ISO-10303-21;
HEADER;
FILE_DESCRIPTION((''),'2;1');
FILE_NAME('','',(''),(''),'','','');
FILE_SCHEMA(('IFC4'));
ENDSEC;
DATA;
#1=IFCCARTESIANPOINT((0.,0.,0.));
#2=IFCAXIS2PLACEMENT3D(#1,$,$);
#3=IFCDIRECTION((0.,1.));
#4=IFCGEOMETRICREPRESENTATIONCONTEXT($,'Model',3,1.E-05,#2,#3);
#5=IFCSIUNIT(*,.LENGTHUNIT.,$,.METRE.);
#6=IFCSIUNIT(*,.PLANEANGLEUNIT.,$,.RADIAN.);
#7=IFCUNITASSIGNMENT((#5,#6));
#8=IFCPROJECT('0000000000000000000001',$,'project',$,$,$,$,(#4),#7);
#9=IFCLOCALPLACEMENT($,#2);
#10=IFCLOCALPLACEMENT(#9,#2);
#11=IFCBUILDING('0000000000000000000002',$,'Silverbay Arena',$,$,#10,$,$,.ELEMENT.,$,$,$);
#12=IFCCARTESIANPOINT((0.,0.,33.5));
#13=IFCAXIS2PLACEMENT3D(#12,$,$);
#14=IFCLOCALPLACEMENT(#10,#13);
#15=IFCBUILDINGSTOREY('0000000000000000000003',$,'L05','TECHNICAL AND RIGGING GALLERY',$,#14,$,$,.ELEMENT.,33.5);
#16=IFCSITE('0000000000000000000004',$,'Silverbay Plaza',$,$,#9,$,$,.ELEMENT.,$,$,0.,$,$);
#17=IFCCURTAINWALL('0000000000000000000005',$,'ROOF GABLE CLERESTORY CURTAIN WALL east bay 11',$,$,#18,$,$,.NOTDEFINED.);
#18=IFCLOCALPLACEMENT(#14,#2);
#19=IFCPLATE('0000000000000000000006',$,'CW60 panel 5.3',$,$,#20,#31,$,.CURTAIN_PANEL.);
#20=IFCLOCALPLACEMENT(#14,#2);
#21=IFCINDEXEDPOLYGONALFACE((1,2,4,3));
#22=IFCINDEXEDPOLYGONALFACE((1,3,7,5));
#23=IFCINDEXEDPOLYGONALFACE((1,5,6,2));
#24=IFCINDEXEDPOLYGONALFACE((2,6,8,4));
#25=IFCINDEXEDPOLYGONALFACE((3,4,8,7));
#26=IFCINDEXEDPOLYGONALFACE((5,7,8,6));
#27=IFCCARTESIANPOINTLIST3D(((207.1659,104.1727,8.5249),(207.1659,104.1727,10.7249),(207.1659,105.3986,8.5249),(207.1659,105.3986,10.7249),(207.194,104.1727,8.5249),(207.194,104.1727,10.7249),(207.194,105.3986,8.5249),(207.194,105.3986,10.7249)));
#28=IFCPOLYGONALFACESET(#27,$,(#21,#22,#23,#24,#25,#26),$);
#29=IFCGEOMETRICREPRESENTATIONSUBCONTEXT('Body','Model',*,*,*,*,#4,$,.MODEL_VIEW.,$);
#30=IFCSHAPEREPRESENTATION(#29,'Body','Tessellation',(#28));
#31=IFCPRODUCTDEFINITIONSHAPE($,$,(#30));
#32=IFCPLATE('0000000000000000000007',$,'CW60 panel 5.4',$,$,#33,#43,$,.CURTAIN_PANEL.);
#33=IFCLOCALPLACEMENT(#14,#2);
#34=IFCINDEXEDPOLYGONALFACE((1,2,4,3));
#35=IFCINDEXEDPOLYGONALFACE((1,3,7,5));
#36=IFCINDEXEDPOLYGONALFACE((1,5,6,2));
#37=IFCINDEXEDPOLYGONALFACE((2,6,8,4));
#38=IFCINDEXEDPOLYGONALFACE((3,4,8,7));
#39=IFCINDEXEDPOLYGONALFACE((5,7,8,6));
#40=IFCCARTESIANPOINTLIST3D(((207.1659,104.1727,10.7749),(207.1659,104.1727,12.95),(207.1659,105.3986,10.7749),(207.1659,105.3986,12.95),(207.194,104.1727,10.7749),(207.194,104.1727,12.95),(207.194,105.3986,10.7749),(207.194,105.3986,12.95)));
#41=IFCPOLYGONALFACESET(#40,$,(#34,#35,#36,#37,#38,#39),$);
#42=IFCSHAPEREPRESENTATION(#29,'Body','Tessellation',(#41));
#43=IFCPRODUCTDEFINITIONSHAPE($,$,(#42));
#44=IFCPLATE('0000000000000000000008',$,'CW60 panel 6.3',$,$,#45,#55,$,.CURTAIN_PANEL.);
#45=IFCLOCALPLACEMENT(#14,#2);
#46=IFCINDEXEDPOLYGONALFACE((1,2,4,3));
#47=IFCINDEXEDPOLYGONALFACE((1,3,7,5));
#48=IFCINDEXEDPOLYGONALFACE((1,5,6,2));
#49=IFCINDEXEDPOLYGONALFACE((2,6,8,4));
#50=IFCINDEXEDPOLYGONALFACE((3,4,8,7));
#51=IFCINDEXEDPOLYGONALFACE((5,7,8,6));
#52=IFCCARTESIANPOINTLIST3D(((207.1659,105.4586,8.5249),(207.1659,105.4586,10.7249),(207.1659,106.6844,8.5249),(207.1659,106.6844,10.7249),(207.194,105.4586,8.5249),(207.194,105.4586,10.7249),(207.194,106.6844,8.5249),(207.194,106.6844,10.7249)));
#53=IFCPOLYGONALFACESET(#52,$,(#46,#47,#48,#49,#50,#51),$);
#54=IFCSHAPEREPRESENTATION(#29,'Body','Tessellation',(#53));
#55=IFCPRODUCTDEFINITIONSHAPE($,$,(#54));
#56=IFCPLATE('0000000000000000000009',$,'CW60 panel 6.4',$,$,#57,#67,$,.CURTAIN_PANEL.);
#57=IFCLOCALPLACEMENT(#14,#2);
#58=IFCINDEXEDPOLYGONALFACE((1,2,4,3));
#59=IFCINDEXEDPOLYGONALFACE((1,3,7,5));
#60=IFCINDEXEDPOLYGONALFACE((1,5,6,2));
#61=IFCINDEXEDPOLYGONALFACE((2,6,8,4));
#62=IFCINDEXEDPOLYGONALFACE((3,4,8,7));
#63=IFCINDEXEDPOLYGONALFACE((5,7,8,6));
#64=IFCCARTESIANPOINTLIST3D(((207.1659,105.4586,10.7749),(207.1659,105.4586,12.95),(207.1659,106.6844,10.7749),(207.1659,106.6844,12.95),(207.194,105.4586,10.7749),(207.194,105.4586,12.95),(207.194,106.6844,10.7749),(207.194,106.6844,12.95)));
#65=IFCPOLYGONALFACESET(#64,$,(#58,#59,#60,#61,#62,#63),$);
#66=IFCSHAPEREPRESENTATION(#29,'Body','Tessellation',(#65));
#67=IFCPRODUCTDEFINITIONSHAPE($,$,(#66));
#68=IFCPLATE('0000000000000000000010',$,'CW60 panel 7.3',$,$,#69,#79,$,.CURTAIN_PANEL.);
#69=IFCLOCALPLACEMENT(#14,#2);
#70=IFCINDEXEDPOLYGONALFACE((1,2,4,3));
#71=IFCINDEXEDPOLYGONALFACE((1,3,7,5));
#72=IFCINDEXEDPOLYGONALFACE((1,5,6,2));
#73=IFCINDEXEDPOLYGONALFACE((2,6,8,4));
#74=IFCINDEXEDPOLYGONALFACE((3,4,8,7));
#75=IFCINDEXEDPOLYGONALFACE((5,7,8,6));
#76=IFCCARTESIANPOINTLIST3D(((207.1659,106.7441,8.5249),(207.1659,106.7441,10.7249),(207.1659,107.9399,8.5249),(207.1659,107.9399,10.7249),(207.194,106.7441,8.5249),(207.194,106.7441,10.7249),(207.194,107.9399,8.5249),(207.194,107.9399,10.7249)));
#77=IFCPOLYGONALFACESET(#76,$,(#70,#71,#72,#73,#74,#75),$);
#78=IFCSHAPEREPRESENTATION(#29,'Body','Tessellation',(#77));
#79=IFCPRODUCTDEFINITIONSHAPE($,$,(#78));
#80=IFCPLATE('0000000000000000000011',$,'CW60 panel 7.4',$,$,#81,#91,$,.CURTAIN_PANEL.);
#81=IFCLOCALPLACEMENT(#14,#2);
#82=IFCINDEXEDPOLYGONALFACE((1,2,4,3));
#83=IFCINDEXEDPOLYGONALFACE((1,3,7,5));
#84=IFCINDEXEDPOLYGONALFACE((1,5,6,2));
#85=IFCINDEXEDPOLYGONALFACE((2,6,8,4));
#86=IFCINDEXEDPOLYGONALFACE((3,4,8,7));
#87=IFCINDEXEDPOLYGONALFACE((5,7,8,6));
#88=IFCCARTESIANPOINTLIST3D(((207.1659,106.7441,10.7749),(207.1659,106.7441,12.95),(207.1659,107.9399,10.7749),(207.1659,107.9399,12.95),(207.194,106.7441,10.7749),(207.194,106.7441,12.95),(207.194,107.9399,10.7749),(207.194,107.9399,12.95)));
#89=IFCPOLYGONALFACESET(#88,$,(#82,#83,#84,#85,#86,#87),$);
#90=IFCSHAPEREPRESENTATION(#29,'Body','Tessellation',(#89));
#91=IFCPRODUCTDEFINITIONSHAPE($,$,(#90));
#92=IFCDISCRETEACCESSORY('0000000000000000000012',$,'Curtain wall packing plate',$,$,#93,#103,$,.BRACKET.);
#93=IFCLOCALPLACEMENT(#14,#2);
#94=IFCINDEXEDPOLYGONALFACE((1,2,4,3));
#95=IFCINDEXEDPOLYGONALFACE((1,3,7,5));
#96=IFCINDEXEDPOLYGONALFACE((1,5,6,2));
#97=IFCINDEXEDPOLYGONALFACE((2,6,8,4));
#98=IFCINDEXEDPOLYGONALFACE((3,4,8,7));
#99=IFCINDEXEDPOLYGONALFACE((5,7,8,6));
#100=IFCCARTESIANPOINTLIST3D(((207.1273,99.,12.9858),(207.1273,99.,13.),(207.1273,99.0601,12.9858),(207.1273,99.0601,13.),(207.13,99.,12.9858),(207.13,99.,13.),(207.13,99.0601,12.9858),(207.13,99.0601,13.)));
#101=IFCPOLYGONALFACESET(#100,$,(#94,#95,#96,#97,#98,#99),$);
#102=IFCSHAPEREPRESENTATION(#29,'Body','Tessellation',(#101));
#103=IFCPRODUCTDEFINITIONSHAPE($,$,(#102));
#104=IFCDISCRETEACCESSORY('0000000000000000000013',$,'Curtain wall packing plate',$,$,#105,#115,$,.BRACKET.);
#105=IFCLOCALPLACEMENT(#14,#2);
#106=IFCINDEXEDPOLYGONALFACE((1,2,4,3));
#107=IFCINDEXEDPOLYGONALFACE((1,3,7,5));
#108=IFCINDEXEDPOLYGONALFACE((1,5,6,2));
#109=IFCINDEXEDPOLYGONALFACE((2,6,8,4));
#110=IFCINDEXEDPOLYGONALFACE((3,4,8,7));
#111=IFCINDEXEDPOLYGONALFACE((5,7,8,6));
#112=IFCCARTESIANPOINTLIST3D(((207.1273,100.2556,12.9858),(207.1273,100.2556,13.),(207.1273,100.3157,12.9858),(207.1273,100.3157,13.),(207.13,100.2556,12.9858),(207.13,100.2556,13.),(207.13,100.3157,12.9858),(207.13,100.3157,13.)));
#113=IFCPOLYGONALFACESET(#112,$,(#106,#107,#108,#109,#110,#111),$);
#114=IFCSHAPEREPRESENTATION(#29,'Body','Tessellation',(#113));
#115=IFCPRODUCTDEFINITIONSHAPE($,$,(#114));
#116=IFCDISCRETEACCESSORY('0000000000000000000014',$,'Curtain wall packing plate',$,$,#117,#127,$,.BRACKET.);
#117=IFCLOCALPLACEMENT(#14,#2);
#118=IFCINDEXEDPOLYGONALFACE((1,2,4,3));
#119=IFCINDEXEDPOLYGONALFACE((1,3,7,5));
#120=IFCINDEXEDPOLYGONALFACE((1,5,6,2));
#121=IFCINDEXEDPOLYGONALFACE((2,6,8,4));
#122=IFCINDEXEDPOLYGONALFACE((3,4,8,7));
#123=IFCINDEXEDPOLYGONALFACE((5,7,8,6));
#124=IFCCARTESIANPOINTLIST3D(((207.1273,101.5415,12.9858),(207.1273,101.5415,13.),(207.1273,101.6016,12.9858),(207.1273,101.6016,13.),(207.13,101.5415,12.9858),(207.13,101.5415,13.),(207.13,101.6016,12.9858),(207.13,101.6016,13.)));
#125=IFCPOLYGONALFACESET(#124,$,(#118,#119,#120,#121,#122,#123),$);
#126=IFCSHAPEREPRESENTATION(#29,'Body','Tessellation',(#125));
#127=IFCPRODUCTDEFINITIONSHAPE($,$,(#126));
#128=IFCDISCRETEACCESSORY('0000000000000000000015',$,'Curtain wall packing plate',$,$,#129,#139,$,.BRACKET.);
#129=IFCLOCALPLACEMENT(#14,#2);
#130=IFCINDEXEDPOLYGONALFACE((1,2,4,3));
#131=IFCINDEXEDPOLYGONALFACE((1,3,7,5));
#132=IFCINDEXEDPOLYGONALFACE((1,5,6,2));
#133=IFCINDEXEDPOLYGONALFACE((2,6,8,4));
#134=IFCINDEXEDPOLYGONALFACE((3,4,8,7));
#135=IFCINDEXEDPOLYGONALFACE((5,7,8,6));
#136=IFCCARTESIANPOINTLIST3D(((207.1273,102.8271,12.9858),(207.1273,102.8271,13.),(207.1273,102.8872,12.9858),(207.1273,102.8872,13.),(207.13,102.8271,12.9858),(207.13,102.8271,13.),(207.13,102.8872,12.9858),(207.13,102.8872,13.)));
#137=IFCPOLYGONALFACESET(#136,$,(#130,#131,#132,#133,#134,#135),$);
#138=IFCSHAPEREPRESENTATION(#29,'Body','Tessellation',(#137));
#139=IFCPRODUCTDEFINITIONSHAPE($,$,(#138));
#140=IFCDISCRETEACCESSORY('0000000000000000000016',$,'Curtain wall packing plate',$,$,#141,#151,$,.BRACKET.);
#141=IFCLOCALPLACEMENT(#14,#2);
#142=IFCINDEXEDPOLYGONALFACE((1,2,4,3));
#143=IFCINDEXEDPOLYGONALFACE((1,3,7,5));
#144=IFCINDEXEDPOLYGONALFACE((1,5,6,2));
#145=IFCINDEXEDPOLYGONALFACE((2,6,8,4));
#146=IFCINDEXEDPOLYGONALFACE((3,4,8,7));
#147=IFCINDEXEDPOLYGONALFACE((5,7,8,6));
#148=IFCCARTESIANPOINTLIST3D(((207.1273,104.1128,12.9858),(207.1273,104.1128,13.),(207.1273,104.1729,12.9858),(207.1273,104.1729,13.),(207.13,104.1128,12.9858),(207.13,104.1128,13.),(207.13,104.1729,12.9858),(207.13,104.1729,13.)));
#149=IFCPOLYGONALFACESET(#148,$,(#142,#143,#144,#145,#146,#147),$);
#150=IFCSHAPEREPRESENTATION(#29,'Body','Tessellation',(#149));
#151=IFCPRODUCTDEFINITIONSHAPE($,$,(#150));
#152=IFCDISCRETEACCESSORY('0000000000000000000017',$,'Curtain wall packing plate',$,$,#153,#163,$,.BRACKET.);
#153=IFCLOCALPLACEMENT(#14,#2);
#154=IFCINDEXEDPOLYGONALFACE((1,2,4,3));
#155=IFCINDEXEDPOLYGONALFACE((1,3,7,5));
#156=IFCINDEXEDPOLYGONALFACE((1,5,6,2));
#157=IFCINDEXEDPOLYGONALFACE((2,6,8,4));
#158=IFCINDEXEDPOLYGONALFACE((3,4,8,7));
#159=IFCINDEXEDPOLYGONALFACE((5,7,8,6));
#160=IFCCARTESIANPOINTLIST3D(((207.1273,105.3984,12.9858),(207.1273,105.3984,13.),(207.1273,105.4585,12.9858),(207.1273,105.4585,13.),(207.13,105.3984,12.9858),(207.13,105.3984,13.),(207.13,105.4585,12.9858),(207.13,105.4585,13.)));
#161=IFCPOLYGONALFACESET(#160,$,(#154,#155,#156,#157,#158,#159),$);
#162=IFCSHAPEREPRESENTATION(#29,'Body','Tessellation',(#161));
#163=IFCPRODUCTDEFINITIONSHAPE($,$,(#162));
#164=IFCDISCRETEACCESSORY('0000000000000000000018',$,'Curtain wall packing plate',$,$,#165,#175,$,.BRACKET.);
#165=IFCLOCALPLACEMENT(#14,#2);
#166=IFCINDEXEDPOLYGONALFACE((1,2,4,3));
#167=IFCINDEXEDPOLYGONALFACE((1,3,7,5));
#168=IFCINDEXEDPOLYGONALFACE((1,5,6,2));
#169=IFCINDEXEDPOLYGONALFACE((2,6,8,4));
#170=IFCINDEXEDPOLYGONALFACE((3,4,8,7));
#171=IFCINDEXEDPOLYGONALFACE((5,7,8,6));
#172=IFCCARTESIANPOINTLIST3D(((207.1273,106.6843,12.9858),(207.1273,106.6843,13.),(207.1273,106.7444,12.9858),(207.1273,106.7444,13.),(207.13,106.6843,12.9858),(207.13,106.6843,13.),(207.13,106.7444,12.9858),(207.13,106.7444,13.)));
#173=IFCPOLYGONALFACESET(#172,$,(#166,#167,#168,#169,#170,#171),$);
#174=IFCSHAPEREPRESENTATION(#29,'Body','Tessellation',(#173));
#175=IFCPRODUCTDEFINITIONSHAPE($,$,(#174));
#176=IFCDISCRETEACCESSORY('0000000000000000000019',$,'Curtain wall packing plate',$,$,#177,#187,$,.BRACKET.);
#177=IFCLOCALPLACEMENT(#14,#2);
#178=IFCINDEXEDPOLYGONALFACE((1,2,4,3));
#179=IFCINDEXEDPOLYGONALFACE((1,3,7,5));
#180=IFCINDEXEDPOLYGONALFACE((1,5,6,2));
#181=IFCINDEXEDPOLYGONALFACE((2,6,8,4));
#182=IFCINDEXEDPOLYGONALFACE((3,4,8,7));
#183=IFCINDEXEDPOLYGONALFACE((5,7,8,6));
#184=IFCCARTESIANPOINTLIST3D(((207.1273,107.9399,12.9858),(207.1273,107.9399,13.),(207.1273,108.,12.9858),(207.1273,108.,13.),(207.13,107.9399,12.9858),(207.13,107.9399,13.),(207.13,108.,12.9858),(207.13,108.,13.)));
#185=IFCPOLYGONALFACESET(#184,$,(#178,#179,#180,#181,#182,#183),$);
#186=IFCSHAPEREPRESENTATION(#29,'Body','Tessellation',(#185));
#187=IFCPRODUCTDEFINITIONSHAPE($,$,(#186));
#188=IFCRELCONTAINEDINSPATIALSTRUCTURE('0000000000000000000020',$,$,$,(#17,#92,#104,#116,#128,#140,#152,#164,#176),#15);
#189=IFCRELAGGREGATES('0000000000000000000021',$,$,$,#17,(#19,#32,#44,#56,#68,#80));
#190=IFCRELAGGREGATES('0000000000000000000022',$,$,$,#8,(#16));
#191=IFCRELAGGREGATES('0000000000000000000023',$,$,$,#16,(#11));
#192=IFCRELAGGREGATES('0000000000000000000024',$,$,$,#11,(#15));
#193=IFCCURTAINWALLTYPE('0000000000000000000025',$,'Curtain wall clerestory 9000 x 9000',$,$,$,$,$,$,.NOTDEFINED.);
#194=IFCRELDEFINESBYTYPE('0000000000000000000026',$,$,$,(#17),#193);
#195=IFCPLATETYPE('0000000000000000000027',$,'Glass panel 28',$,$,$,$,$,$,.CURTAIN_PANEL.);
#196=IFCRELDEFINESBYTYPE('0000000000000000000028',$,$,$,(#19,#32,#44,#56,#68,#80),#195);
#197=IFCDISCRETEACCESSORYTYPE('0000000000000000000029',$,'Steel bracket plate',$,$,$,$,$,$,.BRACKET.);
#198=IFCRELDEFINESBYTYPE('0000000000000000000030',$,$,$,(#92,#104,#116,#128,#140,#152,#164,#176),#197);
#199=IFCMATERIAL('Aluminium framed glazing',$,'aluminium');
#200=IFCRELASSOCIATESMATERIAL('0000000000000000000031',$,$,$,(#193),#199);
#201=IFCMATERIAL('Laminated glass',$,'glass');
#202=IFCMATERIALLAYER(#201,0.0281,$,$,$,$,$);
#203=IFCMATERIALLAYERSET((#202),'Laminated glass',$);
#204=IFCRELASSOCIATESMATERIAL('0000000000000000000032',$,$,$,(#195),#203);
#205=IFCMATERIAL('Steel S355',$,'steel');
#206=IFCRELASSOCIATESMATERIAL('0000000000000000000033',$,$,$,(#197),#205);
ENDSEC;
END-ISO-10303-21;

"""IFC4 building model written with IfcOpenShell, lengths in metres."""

from ifc_helpers import new_model, si_unit, direction, frame, origin, origin_2d, place, context, subcontext, project, spatial, rectangle, extrude, material, layer, layer_set, type_object, element, aggregate, save


model = new_model("IFC4")

# Units and contexts
model_context = context("Model", 3, precision=1e-05, world=origin(), true_north=direction((0.0, 1.0)))
body_context = subcontext(model_context, "Body", "Model", "MODEL_VIEW")
ifc_project = project(units=[si_unit("LENGTHUNIT", "METRE"), si_unit("PLANEANGLEUNIT", "RADIAN")], contexts=[model_context])

# Site, building, storey
site_placement = place(None, origin())
site = spatial("IfcSite", under=ifc_project, at=site_placement, Name="Silverbay Plaza", CompositionType="ELEMENT", RefElevation=0.0)
building_placement = place(site_placement, origin())
building = spatial("IfcBuilding", under=site, at=building_placement, Name="Silverbay Arena", CompositionType="ELEMENT")
storey_placement = place(building_placement, frame((0.0, 0.0, 33.5)))
storey = spatial("IfcBuildingStorey", under=building, at=storey_placement, Name="L05", Description="TECHNICAL AND RIGGING GALLERY", CompositionType="ELEMENT", Elevation=33.5)

# Curtain wall, plates
ifc_material_1 = material(Name="Aluminium framed glazing", Category="aluminium")
curtain_wall_type = type_object("IfcCurtainWallType", Name="Curtain wall clerestory 9000 x 9000", PredefinedType="NOTDEFINED", material=ifc_material_1)
curtain_wall_placement = place(storey_placement, origin())
curtain_wall = element("IfcCurtainWall", 1, at=curtain_wall_placement, inside=storey, type_object=curtain_wall_type, Name="ROOF GABLE CLERESTORY CURTAIN WALL east bay 11", PredefinedType="NOTDEFINED")
ifc_material_2 = material(Name="Laminated glass", Category="glass")
ifc_layer = layer(ifc_material_2, 0.0281)
ifc_layer_set = layer_set([ifc_layer], Name="Laminated glass")
plate_type = type_object("IfcPlateType", Name="Glass panel 28", PredefinedType="CURTAIN_PANEL", material=ifc_layer_set)
plate_1_placement = place(storey_placement, frame((207.1799, 104.7856, 8.5249), z_axis=(0.0, 0.0, 1.0), x_axis=(0.0, 1.0, 0.0)))
plate_1 = element("IfcPlate", 2, at=plate_1_placement, type_object=plate_type, Name="CW60 panel 5.3", PredefinedType="CURTAIN_PANEL", context=body_context, shape_type="SweptSolid", body=[
    extrude(rectangle(XDim=1.2258, YDim=0.0281, at=origin_2d()), origin(), (0.0, 0.0, 1.0), 2.2),
])
plate_2_placement = place(storey_placement, frame((207.1799, 104.7856, 10.7749), z_axis=(0.0, 0.0, 1.0), x_axis=(0.0, 1.0, 0.0)))
plate_2 = element("IfcPlate", 3, at=plate_2_placement, type_object=plate_type, Name="CW60 panel 5.4", PredefinedType="CURTAIN_PANEL", context=body_context, shape_type="SweptSolid", body=[
    extrude(rectangle(XDim=1.2258, YDim=0.0281, at=origin_2d()), origin(), (0.0, 0.0, 1.0), 2.175),
])
plate_3_placement = place(storey_placement, frame((207.1799, 106.0715, 8.5249), z_axis=(0.0, 0.0, 1.0), x_axis=(0.0, 1.0, 0.0)))
plate_3 = element("IfcPlate", 4, at=plate_3_placement, type_object=plate_type, Name="CW60 panel 6.3", PredefinedType="CURTAIN_PANEL", context=body_context, shape_type="SweptSolid", body=[
    extrude(rectangle(XDim=1.2258, YDim=0.0281, at=origin_2d()), origin(), (0.0, 0.0, 1.0), 2.2),
])
plate_4_placement = place(storey_placement, frame((207.1799, 106.0715, 10.7749), z_axis=(0.0, 0.0, 1.0), x_axis=(0.0, 1.0, 0.0)))
plate_4 = element("IfcPlate", 5, at=plate_4_placement, type_object=plate_type, Name="CW60 panel 6.4", PredefinedType="CURTAIN_PANEL", context=body_context, shape_type="SweptSolid", body=[
    extrude(rectangle(XDim=1.2258, YDim=0.0281, at=origin_2d()), origin(), (0.0, 0.0, 1.0), 2.175),
])
plate_5_placement = place(storey_placement, frame((207.1799, 107.342, 8.5249), z_axis=(0.0, 0.0, 1.0), x_axis=(0.0, 1.0, 0.0)))
plate_5 = element("IfcPlate", 6, at=plate_5_placement, type_object=plate_type, Name="CW60 panel 7.3", PredefinedType="CURTAIN_PANEL", context=body_context, shape_type="SweptSolid", body=[
    extrude(rectangle(XDim=1.1958, YDim=0.0281, at=origin_2d()), origin(), (0.0, 0.0, 1.0), 2.2),
])
plate_6_placement = place(storey_placement, frame((207.1799, 107.342, 10.7749), z_axis=(0.0, 0.0, 1.0), x_axis=(0.0, 1.0, 0.0)))
plate_6 = element("IfcPlate", 7, at=plate_6_placement, type_object=plate_type, Name="CW60 panel 7.4", PredefinedType="CURTAIN_PANEL", context=body_context, shape_type="SweptSolid", body=[
    extrude(rectangle(XDim=1.1958, YDim=0.0281, at=origin_2d()), origin(), (0.0, 0.0, 1.0), 2.175),
])
aggregate(curtain_wall, [plate_1, plate_2, plate_3, plate_4, plate_5, plate_6])

# Discrete accessories
ifc_material_3 = material(Name="Steel S355", Category="steel")
discrete_accessory_type = type_object("IfcDiscreteAccessoryType", Name="Steel bracket plate", PredefinedType="BRACKET", material=ifc_material_3)
for number, where, z_axis, x_axis, name in (
    (8, (207.1287, 99.03, 12.9858), (0.0, 0.0, 1.0), (1.0, 0.0, 0.0), "Curtain wall packing plate"),
    (9, (207.1287, 100.2856, 12.9858), (0.0, 0.0, 1.0), (1.0, 0.0, 0.0), "Curtain wall packing plate"),
    (10, (207.1287, 101.5715, 12.9858), (0.0, 0.0, 1.0), (1.0, 0.0, 0.0), "Curtain wall packing plate"),
    (11, (207.1287, 102.8572, 12.9858), (0.0, 0.0, 1.0), (1.0, 0.0, 0.0), "Curtain wall packing plate"),
    (12, (207.1287, 104.1428, 12.9858), (0.0, 0.0, 1.0), (1.0, 0.0, 0.0), "Curtain wall packing plate"),
    (13, (207.1287, 105.4285, 12.9858), (0.0, 0.0, 1.0), (1.0, 0.0, 0.0), "Curtain wall packing plate"),
    (14, (207.1287, 106.7144, 12.9858), (0.0, 0.0, 1.0), (1.0, 0.0, 0.0), "Curtain wall packing plate"),
    (15, (207.1287, 107.97, 12.9858), (0.0, 0.0, 1.0), (1.0, 0.0, 0.0), "Curtain wall packing plate"),
):
    element("IfcDiscreteAccessory", number, at=place(storey_placement, frame(where, z_axis=z_axis, x_axis=x_axis)), inside=storey, type_object=discrete_accessory_type, Name=name, PredefinedType="BRACKET", context=body_context, shape_type="SweptSolid", body=[
        extrude(rectangle(XDim=0.0027, YDim=0.0601, at=origin_2d()), origin(), (0.0, 0.0, 1.0), 0.0142),
    ])

save(model, "model.ifc")
